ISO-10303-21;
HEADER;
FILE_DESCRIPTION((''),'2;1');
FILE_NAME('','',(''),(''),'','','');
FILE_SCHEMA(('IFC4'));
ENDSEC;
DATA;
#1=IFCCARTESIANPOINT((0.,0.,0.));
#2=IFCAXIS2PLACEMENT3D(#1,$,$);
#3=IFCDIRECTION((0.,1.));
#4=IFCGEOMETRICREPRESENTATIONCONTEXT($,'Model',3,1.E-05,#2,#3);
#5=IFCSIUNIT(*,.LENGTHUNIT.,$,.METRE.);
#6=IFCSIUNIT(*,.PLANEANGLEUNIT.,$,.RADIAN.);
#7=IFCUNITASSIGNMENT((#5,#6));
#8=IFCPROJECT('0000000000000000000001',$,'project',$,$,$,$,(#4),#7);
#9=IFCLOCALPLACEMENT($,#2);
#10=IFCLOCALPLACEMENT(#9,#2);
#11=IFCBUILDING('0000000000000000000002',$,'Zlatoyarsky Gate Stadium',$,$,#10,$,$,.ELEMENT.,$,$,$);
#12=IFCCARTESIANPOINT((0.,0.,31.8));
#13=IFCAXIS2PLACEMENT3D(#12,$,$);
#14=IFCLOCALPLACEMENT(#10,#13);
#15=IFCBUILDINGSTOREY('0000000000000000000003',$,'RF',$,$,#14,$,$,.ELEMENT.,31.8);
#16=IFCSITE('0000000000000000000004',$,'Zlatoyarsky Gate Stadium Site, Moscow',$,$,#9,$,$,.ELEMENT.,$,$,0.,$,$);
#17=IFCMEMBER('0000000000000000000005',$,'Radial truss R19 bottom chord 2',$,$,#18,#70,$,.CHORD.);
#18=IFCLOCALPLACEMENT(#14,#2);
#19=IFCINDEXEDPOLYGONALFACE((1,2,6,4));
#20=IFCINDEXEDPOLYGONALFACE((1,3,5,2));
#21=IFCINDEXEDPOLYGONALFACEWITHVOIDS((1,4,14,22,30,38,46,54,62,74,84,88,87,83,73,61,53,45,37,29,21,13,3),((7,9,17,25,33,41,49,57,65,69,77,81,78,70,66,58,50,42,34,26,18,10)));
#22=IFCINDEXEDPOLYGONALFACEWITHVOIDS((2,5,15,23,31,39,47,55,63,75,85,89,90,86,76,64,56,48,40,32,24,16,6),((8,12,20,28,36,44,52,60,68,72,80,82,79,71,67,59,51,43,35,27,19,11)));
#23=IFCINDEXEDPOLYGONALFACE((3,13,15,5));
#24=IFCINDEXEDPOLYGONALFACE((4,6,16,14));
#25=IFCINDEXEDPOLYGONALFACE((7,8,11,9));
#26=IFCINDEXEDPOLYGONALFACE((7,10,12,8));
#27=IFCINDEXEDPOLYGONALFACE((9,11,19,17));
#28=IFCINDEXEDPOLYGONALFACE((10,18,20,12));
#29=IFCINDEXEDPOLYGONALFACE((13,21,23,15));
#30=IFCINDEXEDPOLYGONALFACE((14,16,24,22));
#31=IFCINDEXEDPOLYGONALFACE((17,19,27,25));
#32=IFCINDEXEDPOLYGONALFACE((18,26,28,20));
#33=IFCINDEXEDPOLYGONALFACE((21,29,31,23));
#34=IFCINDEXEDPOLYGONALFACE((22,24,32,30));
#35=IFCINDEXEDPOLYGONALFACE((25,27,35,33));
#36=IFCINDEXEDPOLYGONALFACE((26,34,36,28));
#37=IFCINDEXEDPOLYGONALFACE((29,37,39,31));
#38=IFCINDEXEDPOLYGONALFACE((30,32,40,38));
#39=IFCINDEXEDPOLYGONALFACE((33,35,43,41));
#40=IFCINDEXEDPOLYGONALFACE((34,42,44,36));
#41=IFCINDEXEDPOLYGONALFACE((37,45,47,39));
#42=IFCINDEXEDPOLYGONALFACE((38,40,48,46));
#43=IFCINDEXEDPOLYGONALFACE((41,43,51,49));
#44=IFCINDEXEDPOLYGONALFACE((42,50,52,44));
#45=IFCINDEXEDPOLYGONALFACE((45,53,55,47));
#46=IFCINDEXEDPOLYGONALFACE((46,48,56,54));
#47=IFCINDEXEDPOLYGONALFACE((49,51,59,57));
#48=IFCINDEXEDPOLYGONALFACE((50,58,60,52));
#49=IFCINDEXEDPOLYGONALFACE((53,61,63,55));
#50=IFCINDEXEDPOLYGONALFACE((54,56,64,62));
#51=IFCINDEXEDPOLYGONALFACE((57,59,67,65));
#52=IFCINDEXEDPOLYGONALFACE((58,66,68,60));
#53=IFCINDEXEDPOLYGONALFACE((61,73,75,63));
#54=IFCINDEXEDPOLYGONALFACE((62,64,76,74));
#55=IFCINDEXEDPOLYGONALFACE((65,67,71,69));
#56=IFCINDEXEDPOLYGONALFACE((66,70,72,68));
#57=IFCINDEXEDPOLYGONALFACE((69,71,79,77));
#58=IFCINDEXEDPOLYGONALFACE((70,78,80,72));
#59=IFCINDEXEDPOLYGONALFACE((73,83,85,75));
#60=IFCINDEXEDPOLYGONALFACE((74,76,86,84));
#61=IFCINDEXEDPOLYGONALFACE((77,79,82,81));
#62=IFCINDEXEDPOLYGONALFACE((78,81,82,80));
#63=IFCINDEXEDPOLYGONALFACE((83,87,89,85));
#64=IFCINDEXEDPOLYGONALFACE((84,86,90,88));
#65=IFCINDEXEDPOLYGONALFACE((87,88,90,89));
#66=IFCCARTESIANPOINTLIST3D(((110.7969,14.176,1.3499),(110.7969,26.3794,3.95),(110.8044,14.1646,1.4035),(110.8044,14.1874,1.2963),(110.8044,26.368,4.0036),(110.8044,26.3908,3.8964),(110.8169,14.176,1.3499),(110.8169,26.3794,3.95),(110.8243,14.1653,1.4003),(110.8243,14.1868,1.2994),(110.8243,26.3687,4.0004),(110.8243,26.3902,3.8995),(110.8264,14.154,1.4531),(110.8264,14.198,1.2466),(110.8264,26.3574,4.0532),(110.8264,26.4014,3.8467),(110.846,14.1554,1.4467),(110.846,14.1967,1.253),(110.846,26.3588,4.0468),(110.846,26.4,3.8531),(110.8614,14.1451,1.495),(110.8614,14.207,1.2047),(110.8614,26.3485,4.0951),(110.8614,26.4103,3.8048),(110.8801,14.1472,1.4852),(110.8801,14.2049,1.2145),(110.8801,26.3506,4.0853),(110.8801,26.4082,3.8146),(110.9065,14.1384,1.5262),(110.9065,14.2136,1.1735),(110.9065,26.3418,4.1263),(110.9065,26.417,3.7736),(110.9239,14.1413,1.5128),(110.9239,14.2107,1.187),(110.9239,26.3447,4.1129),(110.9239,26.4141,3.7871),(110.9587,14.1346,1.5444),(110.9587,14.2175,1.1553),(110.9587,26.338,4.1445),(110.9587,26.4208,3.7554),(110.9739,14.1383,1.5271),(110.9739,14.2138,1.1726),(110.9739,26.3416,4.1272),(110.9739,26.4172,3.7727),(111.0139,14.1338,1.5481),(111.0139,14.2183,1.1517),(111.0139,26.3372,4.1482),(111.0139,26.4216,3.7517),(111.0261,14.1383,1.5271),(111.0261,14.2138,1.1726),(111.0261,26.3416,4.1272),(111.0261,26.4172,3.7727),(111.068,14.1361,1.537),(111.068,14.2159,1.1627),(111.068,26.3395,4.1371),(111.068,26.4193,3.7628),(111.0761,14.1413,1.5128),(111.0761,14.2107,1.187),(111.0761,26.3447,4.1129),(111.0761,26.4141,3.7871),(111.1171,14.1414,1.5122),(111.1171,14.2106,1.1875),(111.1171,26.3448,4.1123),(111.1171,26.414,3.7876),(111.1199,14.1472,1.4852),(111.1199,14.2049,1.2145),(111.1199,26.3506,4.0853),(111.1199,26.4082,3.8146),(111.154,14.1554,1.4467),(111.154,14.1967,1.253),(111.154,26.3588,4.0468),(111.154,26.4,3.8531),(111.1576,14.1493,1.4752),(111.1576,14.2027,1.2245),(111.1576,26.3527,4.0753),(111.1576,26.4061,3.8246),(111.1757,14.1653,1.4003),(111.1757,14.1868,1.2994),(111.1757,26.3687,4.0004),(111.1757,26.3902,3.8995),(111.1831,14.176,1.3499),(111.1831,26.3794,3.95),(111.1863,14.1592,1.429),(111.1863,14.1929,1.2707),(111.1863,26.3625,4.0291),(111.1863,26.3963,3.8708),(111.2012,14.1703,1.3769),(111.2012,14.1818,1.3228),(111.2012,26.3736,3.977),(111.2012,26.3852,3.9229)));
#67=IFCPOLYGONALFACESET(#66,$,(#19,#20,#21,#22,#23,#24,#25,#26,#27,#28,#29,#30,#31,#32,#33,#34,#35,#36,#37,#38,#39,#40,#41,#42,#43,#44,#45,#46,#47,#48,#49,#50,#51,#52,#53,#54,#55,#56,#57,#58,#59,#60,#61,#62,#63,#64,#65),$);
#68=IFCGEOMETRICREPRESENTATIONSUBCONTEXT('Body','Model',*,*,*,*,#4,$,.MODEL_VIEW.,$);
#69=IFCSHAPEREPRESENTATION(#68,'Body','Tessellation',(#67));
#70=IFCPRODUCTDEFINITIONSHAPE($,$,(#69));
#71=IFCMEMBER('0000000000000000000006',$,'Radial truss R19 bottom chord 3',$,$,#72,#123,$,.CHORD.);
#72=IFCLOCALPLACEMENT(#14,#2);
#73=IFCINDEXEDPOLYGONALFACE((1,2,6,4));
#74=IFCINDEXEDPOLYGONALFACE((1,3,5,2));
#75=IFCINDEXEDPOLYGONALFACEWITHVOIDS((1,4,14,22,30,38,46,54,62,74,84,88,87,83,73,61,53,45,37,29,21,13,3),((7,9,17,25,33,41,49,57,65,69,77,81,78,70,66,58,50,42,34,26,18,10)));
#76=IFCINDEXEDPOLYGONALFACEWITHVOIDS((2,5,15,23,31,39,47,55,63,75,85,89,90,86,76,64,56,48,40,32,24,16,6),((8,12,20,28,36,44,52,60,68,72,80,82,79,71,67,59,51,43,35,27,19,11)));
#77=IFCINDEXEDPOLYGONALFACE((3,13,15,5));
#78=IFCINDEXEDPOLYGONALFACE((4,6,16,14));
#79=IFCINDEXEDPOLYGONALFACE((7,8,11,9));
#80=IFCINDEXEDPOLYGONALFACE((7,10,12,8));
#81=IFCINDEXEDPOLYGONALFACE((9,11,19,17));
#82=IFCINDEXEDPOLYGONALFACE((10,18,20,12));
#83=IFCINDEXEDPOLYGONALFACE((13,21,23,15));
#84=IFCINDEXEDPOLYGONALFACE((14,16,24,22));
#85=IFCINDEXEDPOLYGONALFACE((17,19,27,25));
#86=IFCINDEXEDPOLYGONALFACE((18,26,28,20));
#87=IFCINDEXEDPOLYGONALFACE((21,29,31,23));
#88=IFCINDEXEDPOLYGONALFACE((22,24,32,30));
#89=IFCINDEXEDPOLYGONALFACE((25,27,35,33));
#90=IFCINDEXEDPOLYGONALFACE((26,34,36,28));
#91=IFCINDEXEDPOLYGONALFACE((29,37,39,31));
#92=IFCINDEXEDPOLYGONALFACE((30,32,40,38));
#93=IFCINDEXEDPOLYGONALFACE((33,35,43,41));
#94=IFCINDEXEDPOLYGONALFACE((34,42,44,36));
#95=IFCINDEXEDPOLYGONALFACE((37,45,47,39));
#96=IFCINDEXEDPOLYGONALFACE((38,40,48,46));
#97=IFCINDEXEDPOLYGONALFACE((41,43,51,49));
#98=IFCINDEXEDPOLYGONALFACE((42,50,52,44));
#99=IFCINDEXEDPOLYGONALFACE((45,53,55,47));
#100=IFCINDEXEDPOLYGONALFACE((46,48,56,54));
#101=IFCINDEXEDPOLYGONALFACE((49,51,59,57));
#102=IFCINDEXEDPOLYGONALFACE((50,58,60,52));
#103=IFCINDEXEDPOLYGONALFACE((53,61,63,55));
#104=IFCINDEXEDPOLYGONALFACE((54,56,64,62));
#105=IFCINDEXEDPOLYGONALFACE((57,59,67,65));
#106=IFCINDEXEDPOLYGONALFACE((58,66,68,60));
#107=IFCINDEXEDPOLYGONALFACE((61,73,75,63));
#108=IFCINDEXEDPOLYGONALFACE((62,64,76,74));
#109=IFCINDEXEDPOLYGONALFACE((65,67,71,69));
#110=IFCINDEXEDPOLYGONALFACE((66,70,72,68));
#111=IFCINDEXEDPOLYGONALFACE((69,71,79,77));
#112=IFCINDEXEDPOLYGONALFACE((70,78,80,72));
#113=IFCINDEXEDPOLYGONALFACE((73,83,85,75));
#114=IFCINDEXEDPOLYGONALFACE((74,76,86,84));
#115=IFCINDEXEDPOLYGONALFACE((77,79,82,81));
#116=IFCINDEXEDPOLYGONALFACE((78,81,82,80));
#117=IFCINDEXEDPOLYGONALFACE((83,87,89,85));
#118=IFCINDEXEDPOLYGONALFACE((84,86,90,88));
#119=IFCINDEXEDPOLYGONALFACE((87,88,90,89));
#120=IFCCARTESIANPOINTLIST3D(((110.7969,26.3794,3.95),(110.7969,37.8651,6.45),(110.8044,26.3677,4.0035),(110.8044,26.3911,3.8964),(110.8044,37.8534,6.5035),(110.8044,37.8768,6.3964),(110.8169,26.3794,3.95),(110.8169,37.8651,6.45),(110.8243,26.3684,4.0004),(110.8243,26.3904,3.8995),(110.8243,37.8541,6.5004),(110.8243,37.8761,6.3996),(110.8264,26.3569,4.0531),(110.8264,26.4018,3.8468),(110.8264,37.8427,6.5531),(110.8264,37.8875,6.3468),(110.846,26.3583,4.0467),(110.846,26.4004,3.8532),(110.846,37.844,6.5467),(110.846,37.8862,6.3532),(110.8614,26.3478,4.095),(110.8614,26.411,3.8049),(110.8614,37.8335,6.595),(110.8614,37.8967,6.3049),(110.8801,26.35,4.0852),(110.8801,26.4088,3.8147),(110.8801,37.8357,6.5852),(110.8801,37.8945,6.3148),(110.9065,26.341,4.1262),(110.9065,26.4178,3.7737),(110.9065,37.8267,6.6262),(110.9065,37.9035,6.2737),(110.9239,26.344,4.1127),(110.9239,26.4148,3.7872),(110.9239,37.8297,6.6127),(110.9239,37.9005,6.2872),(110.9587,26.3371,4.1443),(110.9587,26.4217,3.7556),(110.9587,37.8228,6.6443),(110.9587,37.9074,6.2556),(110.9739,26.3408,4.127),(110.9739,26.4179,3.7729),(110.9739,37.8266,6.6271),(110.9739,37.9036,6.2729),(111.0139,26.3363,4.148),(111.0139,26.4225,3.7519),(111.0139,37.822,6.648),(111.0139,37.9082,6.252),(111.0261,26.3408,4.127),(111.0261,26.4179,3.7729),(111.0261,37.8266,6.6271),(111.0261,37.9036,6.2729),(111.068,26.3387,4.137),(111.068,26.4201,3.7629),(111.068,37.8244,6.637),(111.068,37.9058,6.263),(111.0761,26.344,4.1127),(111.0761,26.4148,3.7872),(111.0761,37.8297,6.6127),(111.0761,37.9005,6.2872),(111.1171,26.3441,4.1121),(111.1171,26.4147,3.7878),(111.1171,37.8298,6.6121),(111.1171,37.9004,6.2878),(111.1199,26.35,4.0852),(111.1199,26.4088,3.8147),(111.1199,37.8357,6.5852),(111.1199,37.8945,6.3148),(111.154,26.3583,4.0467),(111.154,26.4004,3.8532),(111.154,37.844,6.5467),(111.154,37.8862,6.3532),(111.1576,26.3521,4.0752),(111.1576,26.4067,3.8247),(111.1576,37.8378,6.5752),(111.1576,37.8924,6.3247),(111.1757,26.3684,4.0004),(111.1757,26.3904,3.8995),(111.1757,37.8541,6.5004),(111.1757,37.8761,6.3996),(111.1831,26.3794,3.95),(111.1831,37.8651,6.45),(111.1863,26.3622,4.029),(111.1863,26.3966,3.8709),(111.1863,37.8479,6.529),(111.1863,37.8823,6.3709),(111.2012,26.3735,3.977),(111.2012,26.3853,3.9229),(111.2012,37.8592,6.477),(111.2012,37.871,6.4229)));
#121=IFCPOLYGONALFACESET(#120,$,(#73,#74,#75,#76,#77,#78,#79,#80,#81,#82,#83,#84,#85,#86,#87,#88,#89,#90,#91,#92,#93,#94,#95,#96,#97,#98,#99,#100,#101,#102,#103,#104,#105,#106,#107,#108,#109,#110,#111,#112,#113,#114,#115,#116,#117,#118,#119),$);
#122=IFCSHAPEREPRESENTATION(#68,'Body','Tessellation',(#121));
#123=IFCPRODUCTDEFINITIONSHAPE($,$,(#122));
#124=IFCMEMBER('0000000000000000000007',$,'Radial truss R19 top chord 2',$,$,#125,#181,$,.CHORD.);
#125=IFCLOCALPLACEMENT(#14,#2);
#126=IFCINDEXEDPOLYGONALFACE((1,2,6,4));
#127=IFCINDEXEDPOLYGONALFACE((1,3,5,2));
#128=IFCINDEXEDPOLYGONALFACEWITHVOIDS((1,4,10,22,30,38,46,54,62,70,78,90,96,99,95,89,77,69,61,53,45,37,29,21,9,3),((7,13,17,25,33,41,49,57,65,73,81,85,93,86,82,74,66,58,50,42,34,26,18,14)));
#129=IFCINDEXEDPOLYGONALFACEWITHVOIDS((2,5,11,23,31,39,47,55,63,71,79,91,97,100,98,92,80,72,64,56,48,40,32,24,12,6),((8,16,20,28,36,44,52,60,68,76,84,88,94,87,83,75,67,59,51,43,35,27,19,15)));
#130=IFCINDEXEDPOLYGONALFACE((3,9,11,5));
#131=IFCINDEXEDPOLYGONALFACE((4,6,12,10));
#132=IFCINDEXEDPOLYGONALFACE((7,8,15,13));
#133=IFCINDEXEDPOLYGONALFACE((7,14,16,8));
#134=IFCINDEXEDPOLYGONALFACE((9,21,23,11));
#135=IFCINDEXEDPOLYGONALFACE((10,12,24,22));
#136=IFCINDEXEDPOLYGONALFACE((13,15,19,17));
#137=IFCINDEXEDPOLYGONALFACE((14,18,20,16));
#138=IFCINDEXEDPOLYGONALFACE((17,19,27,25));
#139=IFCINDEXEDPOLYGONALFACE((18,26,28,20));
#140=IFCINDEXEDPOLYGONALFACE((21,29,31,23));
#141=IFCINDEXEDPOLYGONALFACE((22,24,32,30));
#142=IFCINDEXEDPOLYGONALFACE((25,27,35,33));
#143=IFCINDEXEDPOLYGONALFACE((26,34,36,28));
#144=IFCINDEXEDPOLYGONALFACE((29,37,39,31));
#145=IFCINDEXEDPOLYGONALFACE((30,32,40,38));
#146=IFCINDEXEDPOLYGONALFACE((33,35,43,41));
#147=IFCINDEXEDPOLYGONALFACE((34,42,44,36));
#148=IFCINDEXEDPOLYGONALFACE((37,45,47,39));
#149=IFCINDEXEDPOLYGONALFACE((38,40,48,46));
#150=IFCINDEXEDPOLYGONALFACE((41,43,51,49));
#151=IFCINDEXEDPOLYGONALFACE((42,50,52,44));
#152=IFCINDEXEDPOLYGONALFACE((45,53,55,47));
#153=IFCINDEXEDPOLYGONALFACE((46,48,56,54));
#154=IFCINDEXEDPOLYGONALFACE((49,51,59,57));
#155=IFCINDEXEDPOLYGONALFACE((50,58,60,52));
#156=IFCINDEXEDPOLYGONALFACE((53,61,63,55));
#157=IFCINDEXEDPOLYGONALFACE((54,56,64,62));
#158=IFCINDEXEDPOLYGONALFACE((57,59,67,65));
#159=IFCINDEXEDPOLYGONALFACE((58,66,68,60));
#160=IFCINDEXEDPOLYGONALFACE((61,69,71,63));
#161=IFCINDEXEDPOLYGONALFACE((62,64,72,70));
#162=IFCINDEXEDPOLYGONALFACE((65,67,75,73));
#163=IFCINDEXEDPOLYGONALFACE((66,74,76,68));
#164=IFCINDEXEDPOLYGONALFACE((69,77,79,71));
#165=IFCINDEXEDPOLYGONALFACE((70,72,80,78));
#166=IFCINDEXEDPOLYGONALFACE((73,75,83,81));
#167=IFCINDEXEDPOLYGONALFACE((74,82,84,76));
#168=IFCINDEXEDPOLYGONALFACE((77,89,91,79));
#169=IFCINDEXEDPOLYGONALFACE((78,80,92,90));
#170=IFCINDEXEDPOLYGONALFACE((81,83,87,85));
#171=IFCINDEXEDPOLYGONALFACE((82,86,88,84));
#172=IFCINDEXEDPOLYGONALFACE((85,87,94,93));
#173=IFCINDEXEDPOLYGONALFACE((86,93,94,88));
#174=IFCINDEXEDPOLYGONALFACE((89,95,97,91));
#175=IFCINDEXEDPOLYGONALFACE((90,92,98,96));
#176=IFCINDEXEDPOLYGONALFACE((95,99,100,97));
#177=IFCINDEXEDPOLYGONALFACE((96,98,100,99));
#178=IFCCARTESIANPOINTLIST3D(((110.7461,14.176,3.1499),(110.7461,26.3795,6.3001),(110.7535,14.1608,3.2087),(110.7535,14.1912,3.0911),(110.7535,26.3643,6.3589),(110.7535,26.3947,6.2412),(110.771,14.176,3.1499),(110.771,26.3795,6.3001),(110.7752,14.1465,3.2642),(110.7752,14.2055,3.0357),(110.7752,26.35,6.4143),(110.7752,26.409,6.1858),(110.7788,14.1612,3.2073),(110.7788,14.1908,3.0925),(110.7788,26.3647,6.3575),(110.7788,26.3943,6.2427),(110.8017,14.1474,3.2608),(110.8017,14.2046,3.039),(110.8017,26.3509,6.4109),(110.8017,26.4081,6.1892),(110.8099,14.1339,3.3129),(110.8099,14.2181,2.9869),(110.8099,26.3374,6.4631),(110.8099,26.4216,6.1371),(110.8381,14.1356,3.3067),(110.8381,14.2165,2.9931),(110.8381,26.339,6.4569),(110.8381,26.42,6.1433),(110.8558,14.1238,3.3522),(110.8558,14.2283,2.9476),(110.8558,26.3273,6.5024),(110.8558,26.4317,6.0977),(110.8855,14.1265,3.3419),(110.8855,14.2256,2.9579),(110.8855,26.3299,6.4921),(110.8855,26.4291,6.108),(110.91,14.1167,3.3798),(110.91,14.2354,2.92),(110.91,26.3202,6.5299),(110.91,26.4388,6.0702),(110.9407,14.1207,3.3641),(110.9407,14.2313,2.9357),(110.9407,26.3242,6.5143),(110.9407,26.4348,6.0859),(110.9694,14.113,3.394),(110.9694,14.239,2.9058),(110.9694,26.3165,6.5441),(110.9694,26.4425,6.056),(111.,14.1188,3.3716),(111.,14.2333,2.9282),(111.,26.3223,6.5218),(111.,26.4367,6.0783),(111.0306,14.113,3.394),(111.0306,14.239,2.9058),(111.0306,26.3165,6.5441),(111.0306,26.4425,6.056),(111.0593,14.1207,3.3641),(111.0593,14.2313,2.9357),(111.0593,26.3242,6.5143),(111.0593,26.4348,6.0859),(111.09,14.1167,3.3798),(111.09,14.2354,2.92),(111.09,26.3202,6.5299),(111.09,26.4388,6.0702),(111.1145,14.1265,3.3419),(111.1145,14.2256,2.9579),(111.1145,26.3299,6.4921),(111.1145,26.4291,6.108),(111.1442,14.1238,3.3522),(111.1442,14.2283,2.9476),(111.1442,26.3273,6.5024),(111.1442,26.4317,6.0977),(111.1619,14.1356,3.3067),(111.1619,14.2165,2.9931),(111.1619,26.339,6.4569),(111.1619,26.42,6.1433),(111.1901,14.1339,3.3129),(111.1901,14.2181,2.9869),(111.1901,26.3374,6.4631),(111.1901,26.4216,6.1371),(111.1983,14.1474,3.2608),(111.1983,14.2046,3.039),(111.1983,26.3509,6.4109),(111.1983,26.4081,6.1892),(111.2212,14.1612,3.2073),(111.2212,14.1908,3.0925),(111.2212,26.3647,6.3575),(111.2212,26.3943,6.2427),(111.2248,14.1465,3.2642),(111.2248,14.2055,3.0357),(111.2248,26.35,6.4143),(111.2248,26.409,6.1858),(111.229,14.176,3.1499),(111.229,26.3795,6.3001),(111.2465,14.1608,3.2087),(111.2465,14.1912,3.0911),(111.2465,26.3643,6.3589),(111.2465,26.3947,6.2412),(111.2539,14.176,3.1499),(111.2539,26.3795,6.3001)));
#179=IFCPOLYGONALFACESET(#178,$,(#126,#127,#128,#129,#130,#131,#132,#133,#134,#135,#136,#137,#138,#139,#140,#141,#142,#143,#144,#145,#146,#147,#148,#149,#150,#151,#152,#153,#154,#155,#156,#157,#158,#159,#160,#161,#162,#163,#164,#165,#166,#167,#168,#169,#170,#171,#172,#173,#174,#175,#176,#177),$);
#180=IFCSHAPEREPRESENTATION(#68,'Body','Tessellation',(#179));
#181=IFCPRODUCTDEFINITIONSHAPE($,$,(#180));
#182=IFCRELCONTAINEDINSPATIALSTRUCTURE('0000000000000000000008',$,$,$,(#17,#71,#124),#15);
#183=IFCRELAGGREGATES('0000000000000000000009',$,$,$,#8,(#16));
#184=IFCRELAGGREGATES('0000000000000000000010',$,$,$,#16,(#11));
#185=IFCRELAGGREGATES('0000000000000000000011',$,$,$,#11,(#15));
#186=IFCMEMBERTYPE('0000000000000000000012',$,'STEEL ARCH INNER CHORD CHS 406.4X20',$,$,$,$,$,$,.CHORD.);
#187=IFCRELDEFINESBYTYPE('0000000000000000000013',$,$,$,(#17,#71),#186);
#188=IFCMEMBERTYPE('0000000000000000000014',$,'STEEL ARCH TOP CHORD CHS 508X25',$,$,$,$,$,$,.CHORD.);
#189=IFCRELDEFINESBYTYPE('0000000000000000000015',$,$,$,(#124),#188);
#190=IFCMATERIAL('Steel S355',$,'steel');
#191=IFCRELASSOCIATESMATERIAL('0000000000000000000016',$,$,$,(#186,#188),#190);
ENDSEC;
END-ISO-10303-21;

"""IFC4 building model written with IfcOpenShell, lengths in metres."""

from ifc_helpers import new_model, si_unit, direction, frame, origin, origin_2d, place, context, subcontext, project, spatial, hollow_circle, extrude, material, material_profile, profile_set, type_object, element, save


model = new_model("IFC4")

# Units and contexts
model_context = context("Model", 3, precision=1e-05, world=origin(), true_north=direction((0.0, 1.0)))
body_context = subcontext(model_context, "Body", "Model", "MODEL_VIEW")
ifc_project = project(units=[si_unit("LENGTHUNIT", "METRE"), si_unit("PLANEANGLEUNIT", "RADIAN")], contexts=[model_context])

# Site, building, storey
site_placement = place(None, origin())
site = spatial("IfcSite", under=ifc_project, at=site_placement, Name="Zlatoyarsky Gate Stadium Site, Moscow", CompositionType="ELEMENT", RefElevation=0.0)
building_placement = place(site_placement, origin())
building = spatial("IfcBuilding", under=site, at=building_placement, Name="Zlatoyarsky Gate Stadium", CompositionType="ELEMENT")
storey_placement = place(building_placement, frame((0.0, 0.0, 31.8)))
storey = spatial("IfcBuildingStorey", under=building, at=storey_placement, Name="RF", CompositionType="ELEMENT", Elevation=31.8)

# Members
ifc_material_1 = material(Name="Steel S355", Category="steel")
ifc_material_profile_1 = material_profile(ifc_material_1, hollow_circle(Radius=0.2031, WallThickness=0.02, at=origin_2d()), Name="CHS 406.4X20")
ifc_profile_set_1 = profile_set([ifc_material_profile_1], Name="Steel S355")
member_type_1 = type_object("IfcMemberType", Name="STEEL ARCH INNER CHORD CHS 406.4X20", PredefinedType="CHORD", material=ifc_profile_set_1)
member_1_placement = place(storey_placement, frame((111.0, 14.176, 1.3499), z_axis=(0.0, 0.978047, 0.208386), x_axis=(-1.0, 0.0, 0.0)))
element("IfcMember", 1, at=member_1_placement, inside=storey, type_object=member_type_1, Name="Radial truss R19 bottom chord 2", PredefinedType="CHORD", context=body_context, shape_type="SweptSolid", body=[
    extrude(hollow_circle(Radius=0.2031, WallThickness=0.02, at=origin_2d()), origin(), (0.0, 0.0, 1.0), 12.4773),
])
member_2_placement = place(storey_placement, frame((111.0, 26.3794, 3.95), z_axis=(0.0, 0.977121, 0.212684), x_axis=(-1.0, 0.0, 0.0)))
element("IfcMember", 2, at=member_2_placement, inside=storey, type_object=member_type_1, Name="Radial truss R19 bottom chord 3", PredefinedType="CHORD", context=body_context, shape_type="SweptSolid", body=[
    extrude(hollow_circle(Radius=0.2031, WallThickness=0.02, at=origin_2d()), origin(), (0.0, 0.0, 1.0), 11.7546),
])
ifc_material_profile_2 = material_profile(ifc_material_1, hollow_circle(Radius=0.2539, WallThickness=0.0249, at=origin_2d()), Name="CHS 508X25")
ifc_profile_set_2 = profile_set([ifc_material_profile_2], Name="Steel S355")
member_type_2 = type_object("IfcMemberType", Name="STEEL ARCH TOP CHORD CHS 508X25", PredefinedType="CHORD", material=ifc_profile_set_2)
member_3_placement = place(storey_placement, frame((111.0, 14.176, 3.1499), z_axis=(0.0, 0.96826, 0.249944), x_axis=(-1.0, 0.0, 0.0)))
element("IfcMember", 3, at=member_3_placement, inside=storey, type_object=member_type_2, Name="Radial truss R19 top chord 2", PredefinedType="CHORD", context=body_context, shape_type="SweptSolid", body=[
    extrude(hollow_circle(Radius=0.2539, WallThickness=0.0249, at=origin_2d()), origin(), (0.0, 0.0, 1.0), 12.6035),
])

save(model, "model.ifc")
